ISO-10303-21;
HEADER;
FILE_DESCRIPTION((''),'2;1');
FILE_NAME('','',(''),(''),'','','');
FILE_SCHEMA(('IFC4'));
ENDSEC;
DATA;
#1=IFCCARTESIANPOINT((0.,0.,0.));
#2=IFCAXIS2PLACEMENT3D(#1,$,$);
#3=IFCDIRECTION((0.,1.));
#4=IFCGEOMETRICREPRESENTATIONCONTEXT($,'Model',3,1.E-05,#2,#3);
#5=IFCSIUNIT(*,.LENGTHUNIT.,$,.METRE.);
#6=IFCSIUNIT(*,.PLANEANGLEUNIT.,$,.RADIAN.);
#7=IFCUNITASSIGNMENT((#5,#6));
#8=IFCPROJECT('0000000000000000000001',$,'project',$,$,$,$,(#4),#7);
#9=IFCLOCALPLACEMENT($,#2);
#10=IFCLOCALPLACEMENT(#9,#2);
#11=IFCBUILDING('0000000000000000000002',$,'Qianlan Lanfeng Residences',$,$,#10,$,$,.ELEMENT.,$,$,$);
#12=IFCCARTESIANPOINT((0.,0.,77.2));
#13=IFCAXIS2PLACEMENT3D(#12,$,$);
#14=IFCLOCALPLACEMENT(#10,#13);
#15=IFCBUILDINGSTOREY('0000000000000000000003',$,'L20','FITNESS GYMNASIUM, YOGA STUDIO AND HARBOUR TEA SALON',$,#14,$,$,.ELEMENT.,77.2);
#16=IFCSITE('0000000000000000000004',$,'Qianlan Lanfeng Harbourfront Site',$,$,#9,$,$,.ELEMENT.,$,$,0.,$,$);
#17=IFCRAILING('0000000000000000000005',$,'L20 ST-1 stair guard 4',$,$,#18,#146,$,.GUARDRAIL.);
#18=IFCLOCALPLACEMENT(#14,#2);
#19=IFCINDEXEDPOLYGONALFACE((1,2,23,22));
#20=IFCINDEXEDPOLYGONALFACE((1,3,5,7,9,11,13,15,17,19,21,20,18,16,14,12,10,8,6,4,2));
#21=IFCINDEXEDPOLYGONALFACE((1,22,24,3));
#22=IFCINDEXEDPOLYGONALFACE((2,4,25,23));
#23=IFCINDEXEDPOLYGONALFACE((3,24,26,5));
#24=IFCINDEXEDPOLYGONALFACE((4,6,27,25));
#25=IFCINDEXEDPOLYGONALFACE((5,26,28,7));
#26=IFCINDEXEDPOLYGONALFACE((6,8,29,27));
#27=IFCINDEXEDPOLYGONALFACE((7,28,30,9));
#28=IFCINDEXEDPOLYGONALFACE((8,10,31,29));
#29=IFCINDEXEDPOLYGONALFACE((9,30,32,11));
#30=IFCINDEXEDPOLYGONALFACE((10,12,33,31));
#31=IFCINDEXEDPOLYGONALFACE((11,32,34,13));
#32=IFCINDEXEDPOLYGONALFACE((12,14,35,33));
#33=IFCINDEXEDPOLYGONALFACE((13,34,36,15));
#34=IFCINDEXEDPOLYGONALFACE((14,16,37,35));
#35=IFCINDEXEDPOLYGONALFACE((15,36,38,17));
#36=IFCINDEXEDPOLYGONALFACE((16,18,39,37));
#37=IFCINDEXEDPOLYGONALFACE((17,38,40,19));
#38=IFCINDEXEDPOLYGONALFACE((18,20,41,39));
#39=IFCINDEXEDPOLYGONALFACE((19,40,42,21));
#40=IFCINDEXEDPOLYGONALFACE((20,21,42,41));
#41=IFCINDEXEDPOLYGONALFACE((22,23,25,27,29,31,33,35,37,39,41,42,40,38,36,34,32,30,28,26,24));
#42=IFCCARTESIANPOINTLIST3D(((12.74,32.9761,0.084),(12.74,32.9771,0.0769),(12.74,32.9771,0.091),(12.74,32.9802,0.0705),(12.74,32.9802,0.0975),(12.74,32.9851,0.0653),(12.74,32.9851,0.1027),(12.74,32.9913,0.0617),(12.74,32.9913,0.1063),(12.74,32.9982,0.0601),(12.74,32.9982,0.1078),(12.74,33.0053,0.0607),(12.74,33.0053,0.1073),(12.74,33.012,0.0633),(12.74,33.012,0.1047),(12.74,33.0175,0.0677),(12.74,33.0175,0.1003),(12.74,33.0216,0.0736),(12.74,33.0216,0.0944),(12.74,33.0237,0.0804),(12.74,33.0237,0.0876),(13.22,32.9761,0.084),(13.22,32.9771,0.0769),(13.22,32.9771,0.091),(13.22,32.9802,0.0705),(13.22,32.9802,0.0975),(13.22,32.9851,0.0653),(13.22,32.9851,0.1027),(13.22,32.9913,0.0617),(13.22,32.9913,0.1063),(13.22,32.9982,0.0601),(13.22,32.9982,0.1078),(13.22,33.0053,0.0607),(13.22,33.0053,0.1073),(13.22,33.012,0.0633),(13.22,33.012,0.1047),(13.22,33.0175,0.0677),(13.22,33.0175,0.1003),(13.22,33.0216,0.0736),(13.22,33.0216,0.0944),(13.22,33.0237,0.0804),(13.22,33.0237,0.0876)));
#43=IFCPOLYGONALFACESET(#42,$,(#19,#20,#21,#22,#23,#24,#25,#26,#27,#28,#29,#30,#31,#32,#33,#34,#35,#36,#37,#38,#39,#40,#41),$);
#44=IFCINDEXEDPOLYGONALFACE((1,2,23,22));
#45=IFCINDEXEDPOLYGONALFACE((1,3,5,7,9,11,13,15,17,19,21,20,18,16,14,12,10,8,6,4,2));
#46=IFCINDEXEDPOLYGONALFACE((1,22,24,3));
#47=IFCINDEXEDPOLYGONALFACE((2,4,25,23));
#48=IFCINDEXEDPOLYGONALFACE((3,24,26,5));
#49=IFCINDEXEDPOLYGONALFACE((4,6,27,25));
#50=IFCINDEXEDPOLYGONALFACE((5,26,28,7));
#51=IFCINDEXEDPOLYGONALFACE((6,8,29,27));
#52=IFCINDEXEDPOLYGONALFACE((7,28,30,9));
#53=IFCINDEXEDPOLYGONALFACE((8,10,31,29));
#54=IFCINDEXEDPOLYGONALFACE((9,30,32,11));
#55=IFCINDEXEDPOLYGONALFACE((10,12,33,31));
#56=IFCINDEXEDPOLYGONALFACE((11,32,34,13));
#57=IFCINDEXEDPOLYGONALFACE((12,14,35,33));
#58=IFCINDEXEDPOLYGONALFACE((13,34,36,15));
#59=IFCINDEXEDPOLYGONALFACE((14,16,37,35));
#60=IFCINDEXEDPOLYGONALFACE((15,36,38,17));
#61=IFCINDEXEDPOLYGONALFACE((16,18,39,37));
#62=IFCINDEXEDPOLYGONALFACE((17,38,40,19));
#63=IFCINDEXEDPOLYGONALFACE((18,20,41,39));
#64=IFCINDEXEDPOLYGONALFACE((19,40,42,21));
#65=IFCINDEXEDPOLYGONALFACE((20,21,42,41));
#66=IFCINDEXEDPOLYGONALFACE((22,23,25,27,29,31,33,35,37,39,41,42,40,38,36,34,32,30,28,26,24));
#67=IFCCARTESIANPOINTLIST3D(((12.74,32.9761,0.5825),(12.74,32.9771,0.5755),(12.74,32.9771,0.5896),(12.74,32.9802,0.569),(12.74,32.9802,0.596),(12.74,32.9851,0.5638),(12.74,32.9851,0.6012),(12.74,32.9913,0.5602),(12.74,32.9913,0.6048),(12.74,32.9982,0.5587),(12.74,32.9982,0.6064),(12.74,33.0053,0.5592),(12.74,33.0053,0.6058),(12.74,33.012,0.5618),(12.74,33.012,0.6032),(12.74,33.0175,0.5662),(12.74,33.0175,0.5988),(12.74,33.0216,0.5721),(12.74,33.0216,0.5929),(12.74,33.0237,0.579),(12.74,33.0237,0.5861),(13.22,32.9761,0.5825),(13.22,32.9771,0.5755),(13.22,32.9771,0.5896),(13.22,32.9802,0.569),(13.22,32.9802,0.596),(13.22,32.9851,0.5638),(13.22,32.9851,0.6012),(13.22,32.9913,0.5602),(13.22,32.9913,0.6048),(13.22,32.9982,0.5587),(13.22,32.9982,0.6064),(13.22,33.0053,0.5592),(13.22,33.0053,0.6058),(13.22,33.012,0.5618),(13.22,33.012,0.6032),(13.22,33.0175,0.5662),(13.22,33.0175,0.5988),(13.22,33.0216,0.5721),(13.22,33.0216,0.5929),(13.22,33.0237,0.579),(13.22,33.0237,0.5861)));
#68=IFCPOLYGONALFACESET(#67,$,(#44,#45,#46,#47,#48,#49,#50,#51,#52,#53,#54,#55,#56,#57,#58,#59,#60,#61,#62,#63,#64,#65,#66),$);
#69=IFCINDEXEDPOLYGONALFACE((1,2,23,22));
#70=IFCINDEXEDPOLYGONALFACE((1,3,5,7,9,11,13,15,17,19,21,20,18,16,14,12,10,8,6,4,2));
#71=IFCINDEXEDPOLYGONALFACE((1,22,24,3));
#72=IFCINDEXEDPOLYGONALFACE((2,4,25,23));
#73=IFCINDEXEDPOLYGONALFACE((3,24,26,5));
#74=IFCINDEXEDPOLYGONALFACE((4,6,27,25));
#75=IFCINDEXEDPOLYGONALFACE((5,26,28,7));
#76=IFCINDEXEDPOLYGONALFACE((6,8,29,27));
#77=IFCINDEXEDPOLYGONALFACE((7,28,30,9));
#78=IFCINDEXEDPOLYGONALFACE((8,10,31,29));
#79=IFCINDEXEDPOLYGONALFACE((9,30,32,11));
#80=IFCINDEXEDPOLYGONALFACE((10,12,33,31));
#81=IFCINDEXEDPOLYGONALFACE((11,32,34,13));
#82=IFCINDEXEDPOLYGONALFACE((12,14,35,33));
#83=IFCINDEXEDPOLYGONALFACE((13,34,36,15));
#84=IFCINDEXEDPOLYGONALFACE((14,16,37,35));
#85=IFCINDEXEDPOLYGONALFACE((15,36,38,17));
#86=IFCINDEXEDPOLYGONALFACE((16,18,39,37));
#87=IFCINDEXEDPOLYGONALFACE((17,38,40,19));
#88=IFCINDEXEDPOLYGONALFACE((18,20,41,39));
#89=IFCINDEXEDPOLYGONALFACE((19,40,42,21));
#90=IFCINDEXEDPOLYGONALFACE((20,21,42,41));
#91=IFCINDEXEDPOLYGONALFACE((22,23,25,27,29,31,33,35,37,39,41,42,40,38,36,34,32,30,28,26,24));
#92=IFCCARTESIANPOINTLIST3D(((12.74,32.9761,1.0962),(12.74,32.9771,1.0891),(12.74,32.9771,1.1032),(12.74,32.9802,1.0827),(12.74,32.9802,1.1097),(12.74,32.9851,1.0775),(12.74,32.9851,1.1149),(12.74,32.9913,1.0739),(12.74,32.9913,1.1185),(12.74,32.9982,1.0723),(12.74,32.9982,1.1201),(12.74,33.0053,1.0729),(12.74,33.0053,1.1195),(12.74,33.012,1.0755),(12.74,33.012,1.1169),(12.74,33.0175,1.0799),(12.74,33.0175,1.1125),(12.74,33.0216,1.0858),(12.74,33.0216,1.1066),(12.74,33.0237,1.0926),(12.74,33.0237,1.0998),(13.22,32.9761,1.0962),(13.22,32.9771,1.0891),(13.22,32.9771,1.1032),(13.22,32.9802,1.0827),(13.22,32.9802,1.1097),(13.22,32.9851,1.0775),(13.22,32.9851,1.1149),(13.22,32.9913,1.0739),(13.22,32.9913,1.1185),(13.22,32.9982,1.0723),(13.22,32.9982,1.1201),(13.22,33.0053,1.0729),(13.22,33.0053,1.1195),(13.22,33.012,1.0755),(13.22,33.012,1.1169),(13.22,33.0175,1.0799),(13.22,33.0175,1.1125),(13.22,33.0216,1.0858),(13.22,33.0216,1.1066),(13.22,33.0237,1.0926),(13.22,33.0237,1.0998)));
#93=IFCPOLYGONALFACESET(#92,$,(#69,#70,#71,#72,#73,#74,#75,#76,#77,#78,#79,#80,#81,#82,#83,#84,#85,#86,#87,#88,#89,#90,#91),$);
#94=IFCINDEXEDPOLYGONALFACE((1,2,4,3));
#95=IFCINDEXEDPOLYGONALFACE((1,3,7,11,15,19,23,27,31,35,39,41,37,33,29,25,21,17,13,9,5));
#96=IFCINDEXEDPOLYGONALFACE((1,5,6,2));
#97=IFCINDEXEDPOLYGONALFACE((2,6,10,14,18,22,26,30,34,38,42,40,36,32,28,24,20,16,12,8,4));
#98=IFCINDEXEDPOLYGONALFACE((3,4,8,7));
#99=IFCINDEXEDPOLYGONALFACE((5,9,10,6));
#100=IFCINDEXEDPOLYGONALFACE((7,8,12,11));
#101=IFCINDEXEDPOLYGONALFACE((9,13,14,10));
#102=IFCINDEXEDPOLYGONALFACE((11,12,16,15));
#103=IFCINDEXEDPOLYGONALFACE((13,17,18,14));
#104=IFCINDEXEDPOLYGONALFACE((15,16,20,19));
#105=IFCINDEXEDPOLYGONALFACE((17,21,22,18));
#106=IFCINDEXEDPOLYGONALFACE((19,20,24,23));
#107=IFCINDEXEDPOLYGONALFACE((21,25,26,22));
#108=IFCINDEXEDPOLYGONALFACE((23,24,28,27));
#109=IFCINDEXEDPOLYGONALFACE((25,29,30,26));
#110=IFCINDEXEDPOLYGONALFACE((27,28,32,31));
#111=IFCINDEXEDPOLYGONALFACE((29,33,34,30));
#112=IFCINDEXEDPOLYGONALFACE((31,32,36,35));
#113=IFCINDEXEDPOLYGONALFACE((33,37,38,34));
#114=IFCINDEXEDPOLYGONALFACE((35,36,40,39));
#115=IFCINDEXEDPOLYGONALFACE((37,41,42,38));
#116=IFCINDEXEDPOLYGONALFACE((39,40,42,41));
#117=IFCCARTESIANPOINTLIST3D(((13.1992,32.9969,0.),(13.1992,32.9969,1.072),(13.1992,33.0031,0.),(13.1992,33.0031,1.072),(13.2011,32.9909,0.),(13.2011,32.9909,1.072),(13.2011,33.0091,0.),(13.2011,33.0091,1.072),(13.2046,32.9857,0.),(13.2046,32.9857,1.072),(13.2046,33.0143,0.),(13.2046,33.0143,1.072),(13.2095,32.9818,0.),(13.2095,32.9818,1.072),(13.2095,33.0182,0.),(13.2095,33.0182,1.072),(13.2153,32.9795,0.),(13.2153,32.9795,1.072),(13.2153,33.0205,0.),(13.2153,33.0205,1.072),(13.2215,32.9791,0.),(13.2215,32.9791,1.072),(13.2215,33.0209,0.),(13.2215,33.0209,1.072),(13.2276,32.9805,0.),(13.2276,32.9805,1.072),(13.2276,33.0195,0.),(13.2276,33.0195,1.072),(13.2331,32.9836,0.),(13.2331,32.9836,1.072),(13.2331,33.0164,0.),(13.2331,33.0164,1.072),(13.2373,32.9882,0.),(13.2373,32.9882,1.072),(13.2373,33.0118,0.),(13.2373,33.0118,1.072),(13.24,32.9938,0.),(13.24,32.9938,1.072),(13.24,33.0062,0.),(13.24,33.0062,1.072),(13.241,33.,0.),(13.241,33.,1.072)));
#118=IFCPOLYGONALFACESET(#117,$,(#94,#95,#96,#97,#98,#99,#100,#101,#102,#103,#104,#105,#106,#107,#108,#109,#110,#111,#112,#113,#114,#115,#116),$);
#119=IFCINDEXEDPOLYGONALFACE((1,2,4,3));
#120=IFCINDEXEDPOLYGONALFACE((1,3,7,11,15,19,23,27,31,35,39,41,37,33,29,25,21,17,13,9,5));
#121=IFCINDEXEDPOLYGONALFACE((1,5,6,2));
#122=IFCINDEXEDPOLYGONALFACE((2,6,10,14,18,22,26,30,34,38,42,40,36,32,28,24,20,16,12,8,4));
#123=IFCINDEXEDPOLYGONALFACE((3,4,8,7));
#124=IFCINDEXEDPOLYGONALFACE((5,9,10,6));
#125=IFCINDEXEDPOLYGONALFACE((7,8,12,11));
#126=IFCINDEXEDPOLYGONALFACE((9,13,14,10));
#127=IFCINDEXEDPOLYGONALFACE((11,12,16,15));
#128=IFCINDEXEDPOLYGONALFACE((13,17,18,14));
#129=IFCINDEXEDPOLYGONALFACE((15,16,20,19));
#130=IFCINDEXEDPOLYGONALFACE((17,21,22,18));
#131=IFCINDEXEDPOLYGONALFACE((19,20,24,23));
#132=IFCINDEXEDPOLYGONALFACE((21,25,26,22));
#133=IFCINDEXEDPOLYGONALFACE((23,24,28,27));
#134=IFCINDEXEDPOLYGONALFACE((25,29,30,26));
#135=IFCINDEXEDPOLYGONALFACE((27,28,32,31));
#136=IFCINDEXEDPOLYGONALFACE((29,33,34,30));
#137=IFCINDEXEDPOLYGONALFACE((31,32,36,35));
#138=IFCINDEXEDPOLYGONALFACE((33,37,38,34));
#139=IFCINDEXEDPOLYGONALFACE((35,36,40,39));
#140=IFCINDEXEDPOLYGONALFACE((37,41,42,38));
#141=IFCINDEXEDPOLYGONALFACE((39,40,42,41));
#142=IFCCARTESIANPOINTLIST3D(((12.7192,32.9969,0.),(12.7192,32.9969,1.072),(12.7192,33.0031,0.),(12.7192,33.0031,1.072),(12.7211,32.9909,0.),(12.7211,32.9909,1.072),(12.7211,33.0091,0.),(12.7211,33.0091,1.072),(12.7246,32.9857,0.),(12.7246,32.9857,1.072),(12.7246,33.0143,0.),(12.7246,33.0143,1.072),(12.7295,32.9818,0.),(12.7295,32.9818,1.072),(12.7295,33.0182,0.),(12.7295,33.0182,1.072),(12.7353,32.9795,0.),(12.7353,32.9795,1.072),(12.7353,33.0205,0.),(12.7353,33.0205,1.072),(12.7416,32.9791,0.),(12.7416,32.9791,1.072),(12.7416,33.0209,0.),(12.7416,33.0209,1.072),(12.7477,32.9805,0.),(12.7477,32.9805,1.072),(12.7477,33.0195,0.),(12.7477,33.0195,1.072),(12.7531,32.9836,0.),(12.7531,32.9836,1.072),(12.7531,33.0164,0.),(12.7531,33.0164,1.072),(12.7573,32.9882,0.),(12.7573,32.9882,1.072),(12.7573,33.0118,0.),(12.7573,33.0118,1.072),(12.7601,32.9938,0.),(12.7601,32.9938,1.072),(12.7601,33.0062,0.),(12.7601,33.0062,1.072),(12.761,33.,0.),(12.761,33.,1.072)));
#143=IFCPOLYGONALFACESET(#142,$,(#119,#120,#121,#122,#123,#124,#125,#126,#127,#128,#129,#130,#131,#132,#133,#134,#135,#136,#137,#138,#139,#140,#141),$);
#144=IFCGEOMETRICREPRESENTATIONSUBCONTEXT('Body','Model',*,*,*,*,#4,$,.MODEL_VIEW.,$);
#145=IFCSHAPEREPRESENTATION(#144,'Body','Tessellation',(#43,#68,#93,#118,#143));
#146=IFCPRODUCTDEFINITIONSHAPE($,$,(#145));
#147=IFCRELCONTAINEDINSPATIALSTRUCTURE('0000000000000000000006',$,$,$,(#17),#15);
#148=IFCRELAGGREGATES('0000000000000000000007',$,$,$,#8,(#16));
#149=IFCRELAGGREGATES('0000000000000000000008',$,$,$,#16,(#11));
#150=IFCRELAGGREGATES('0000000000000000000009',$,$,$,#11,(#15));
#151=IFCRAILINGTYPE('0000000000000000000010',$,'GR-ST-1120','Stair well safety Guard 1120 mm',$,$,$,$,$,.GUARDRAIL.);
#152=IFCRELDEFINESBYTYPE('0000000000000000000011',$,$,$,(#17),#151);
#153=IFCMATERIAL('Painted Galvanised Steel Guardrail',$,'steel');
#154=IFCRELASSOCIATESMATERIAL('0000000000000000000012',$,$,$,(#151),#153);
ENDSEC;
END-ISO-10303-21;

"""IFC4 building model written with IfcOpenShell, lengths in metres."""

from ifc_helpers import new_model, si_unit, direction, frame, origin, origin_2d, place, context, subcontext, project, spatial, circle, extrude, material, type_object, element, save


model = new_model("IFC4")

# Units and contexts
model_context = context("Model", 3, precision=1e-05, world=origin(), true_north=direction((0.0, 1.0)))
body_context = subcontext(model_context, "Body", "Model", "MODEL_VIEW")
ifc_project = project(units=[si_unit("LENGTHUNIT", "METRE"), si_unit("PLANEANGLEUNIT", "RADIAN")], contexts=[model_context])

# Site, building, storey
site_placement = place(None, origin())
site = spatial("IfcSite", under=ifc_project, at=site_placement, Name="Qianlan Lanfeng Harbourfront Site", CompositionType="ELEMENT", RefElevation=0.0)
building_placement = place(site_placement, origin())
building = spatial("IfcBuilding", under=site, at=building_placement, Name="Qianlan Lanfeng Residences", CompositionType="ELEMENT")
storey_placement = place(building_placement, frame((0.0, 0.0, 77.2)))
storey = spatial("IfcBuildingStorey", under=building, at=storey_placement, Name="L20", Description="FITNESS GYMNASIUM, YOGA STUDIO AND HARBOUR TEA SALON", CompositionType="ELEMENT", Elevation=77.2)

# Railing
ifc_material_1 = material(Name="Painted Galvanised Steel Guardrail", Category="steel")
railing_type_1 = type_object("IfcRailingType", Name="GR-ST-1120", Description="Stair well safety Guard 1120 mm", PredefinedType="GUARDRAIL", material=ifc_material_1)
railing_1_placement = place(storey_placement, frame((13.22, 33.0, 0.0)))
element("IfcRailing", 1, at=railing_1_placement, inside=storey, type_object=railing_type_1, Name="L20 ST-1 stair guard 4", PredefinedType="GUARDRAIL", context=body_context, shape_type="SweptSolid", body=[
    extrude(circle(Radius=0.0239, at=origin_2d()), frame((0.0, 0.0, 0.084), z_axis=(-1.0, 0.0, 0.0), x_axis=(0.0, -1.0, 0.0)), (0.0, 0.0, 1.0), 0.48),
    extrude(circle(Radius=0.0239, at=origin_2d()), frame((0.0, 0.0, 0.5825), z_axis=(-1.0, 0.0, 0.0), x_axis=(0.0, -1.0, 0.0)), (0.0, 0.0, 1.0), 0.48),
    extrude(circle(Radius=0.0239, at=origin_2d()), frame((0.0, 0.0, 1.0962), z_axis=(-1.0, 0.0, 0.0), x_axis=(0.0, -1.0, 0.0)), (0.0, 0.0, 1.0), 0.48),
    extrude(circle(Radius=0.021, at=origin_2d()), origin(), (0.0, 0.0, 1.0), 1.072),
    extrude(circle(Radius=0.021, at=origin_2d()), frame((-0.48, 0.0, 0.0)), (0.0, 0.0, 1.0), 1.072),
])

save(model, "model.ifc")
